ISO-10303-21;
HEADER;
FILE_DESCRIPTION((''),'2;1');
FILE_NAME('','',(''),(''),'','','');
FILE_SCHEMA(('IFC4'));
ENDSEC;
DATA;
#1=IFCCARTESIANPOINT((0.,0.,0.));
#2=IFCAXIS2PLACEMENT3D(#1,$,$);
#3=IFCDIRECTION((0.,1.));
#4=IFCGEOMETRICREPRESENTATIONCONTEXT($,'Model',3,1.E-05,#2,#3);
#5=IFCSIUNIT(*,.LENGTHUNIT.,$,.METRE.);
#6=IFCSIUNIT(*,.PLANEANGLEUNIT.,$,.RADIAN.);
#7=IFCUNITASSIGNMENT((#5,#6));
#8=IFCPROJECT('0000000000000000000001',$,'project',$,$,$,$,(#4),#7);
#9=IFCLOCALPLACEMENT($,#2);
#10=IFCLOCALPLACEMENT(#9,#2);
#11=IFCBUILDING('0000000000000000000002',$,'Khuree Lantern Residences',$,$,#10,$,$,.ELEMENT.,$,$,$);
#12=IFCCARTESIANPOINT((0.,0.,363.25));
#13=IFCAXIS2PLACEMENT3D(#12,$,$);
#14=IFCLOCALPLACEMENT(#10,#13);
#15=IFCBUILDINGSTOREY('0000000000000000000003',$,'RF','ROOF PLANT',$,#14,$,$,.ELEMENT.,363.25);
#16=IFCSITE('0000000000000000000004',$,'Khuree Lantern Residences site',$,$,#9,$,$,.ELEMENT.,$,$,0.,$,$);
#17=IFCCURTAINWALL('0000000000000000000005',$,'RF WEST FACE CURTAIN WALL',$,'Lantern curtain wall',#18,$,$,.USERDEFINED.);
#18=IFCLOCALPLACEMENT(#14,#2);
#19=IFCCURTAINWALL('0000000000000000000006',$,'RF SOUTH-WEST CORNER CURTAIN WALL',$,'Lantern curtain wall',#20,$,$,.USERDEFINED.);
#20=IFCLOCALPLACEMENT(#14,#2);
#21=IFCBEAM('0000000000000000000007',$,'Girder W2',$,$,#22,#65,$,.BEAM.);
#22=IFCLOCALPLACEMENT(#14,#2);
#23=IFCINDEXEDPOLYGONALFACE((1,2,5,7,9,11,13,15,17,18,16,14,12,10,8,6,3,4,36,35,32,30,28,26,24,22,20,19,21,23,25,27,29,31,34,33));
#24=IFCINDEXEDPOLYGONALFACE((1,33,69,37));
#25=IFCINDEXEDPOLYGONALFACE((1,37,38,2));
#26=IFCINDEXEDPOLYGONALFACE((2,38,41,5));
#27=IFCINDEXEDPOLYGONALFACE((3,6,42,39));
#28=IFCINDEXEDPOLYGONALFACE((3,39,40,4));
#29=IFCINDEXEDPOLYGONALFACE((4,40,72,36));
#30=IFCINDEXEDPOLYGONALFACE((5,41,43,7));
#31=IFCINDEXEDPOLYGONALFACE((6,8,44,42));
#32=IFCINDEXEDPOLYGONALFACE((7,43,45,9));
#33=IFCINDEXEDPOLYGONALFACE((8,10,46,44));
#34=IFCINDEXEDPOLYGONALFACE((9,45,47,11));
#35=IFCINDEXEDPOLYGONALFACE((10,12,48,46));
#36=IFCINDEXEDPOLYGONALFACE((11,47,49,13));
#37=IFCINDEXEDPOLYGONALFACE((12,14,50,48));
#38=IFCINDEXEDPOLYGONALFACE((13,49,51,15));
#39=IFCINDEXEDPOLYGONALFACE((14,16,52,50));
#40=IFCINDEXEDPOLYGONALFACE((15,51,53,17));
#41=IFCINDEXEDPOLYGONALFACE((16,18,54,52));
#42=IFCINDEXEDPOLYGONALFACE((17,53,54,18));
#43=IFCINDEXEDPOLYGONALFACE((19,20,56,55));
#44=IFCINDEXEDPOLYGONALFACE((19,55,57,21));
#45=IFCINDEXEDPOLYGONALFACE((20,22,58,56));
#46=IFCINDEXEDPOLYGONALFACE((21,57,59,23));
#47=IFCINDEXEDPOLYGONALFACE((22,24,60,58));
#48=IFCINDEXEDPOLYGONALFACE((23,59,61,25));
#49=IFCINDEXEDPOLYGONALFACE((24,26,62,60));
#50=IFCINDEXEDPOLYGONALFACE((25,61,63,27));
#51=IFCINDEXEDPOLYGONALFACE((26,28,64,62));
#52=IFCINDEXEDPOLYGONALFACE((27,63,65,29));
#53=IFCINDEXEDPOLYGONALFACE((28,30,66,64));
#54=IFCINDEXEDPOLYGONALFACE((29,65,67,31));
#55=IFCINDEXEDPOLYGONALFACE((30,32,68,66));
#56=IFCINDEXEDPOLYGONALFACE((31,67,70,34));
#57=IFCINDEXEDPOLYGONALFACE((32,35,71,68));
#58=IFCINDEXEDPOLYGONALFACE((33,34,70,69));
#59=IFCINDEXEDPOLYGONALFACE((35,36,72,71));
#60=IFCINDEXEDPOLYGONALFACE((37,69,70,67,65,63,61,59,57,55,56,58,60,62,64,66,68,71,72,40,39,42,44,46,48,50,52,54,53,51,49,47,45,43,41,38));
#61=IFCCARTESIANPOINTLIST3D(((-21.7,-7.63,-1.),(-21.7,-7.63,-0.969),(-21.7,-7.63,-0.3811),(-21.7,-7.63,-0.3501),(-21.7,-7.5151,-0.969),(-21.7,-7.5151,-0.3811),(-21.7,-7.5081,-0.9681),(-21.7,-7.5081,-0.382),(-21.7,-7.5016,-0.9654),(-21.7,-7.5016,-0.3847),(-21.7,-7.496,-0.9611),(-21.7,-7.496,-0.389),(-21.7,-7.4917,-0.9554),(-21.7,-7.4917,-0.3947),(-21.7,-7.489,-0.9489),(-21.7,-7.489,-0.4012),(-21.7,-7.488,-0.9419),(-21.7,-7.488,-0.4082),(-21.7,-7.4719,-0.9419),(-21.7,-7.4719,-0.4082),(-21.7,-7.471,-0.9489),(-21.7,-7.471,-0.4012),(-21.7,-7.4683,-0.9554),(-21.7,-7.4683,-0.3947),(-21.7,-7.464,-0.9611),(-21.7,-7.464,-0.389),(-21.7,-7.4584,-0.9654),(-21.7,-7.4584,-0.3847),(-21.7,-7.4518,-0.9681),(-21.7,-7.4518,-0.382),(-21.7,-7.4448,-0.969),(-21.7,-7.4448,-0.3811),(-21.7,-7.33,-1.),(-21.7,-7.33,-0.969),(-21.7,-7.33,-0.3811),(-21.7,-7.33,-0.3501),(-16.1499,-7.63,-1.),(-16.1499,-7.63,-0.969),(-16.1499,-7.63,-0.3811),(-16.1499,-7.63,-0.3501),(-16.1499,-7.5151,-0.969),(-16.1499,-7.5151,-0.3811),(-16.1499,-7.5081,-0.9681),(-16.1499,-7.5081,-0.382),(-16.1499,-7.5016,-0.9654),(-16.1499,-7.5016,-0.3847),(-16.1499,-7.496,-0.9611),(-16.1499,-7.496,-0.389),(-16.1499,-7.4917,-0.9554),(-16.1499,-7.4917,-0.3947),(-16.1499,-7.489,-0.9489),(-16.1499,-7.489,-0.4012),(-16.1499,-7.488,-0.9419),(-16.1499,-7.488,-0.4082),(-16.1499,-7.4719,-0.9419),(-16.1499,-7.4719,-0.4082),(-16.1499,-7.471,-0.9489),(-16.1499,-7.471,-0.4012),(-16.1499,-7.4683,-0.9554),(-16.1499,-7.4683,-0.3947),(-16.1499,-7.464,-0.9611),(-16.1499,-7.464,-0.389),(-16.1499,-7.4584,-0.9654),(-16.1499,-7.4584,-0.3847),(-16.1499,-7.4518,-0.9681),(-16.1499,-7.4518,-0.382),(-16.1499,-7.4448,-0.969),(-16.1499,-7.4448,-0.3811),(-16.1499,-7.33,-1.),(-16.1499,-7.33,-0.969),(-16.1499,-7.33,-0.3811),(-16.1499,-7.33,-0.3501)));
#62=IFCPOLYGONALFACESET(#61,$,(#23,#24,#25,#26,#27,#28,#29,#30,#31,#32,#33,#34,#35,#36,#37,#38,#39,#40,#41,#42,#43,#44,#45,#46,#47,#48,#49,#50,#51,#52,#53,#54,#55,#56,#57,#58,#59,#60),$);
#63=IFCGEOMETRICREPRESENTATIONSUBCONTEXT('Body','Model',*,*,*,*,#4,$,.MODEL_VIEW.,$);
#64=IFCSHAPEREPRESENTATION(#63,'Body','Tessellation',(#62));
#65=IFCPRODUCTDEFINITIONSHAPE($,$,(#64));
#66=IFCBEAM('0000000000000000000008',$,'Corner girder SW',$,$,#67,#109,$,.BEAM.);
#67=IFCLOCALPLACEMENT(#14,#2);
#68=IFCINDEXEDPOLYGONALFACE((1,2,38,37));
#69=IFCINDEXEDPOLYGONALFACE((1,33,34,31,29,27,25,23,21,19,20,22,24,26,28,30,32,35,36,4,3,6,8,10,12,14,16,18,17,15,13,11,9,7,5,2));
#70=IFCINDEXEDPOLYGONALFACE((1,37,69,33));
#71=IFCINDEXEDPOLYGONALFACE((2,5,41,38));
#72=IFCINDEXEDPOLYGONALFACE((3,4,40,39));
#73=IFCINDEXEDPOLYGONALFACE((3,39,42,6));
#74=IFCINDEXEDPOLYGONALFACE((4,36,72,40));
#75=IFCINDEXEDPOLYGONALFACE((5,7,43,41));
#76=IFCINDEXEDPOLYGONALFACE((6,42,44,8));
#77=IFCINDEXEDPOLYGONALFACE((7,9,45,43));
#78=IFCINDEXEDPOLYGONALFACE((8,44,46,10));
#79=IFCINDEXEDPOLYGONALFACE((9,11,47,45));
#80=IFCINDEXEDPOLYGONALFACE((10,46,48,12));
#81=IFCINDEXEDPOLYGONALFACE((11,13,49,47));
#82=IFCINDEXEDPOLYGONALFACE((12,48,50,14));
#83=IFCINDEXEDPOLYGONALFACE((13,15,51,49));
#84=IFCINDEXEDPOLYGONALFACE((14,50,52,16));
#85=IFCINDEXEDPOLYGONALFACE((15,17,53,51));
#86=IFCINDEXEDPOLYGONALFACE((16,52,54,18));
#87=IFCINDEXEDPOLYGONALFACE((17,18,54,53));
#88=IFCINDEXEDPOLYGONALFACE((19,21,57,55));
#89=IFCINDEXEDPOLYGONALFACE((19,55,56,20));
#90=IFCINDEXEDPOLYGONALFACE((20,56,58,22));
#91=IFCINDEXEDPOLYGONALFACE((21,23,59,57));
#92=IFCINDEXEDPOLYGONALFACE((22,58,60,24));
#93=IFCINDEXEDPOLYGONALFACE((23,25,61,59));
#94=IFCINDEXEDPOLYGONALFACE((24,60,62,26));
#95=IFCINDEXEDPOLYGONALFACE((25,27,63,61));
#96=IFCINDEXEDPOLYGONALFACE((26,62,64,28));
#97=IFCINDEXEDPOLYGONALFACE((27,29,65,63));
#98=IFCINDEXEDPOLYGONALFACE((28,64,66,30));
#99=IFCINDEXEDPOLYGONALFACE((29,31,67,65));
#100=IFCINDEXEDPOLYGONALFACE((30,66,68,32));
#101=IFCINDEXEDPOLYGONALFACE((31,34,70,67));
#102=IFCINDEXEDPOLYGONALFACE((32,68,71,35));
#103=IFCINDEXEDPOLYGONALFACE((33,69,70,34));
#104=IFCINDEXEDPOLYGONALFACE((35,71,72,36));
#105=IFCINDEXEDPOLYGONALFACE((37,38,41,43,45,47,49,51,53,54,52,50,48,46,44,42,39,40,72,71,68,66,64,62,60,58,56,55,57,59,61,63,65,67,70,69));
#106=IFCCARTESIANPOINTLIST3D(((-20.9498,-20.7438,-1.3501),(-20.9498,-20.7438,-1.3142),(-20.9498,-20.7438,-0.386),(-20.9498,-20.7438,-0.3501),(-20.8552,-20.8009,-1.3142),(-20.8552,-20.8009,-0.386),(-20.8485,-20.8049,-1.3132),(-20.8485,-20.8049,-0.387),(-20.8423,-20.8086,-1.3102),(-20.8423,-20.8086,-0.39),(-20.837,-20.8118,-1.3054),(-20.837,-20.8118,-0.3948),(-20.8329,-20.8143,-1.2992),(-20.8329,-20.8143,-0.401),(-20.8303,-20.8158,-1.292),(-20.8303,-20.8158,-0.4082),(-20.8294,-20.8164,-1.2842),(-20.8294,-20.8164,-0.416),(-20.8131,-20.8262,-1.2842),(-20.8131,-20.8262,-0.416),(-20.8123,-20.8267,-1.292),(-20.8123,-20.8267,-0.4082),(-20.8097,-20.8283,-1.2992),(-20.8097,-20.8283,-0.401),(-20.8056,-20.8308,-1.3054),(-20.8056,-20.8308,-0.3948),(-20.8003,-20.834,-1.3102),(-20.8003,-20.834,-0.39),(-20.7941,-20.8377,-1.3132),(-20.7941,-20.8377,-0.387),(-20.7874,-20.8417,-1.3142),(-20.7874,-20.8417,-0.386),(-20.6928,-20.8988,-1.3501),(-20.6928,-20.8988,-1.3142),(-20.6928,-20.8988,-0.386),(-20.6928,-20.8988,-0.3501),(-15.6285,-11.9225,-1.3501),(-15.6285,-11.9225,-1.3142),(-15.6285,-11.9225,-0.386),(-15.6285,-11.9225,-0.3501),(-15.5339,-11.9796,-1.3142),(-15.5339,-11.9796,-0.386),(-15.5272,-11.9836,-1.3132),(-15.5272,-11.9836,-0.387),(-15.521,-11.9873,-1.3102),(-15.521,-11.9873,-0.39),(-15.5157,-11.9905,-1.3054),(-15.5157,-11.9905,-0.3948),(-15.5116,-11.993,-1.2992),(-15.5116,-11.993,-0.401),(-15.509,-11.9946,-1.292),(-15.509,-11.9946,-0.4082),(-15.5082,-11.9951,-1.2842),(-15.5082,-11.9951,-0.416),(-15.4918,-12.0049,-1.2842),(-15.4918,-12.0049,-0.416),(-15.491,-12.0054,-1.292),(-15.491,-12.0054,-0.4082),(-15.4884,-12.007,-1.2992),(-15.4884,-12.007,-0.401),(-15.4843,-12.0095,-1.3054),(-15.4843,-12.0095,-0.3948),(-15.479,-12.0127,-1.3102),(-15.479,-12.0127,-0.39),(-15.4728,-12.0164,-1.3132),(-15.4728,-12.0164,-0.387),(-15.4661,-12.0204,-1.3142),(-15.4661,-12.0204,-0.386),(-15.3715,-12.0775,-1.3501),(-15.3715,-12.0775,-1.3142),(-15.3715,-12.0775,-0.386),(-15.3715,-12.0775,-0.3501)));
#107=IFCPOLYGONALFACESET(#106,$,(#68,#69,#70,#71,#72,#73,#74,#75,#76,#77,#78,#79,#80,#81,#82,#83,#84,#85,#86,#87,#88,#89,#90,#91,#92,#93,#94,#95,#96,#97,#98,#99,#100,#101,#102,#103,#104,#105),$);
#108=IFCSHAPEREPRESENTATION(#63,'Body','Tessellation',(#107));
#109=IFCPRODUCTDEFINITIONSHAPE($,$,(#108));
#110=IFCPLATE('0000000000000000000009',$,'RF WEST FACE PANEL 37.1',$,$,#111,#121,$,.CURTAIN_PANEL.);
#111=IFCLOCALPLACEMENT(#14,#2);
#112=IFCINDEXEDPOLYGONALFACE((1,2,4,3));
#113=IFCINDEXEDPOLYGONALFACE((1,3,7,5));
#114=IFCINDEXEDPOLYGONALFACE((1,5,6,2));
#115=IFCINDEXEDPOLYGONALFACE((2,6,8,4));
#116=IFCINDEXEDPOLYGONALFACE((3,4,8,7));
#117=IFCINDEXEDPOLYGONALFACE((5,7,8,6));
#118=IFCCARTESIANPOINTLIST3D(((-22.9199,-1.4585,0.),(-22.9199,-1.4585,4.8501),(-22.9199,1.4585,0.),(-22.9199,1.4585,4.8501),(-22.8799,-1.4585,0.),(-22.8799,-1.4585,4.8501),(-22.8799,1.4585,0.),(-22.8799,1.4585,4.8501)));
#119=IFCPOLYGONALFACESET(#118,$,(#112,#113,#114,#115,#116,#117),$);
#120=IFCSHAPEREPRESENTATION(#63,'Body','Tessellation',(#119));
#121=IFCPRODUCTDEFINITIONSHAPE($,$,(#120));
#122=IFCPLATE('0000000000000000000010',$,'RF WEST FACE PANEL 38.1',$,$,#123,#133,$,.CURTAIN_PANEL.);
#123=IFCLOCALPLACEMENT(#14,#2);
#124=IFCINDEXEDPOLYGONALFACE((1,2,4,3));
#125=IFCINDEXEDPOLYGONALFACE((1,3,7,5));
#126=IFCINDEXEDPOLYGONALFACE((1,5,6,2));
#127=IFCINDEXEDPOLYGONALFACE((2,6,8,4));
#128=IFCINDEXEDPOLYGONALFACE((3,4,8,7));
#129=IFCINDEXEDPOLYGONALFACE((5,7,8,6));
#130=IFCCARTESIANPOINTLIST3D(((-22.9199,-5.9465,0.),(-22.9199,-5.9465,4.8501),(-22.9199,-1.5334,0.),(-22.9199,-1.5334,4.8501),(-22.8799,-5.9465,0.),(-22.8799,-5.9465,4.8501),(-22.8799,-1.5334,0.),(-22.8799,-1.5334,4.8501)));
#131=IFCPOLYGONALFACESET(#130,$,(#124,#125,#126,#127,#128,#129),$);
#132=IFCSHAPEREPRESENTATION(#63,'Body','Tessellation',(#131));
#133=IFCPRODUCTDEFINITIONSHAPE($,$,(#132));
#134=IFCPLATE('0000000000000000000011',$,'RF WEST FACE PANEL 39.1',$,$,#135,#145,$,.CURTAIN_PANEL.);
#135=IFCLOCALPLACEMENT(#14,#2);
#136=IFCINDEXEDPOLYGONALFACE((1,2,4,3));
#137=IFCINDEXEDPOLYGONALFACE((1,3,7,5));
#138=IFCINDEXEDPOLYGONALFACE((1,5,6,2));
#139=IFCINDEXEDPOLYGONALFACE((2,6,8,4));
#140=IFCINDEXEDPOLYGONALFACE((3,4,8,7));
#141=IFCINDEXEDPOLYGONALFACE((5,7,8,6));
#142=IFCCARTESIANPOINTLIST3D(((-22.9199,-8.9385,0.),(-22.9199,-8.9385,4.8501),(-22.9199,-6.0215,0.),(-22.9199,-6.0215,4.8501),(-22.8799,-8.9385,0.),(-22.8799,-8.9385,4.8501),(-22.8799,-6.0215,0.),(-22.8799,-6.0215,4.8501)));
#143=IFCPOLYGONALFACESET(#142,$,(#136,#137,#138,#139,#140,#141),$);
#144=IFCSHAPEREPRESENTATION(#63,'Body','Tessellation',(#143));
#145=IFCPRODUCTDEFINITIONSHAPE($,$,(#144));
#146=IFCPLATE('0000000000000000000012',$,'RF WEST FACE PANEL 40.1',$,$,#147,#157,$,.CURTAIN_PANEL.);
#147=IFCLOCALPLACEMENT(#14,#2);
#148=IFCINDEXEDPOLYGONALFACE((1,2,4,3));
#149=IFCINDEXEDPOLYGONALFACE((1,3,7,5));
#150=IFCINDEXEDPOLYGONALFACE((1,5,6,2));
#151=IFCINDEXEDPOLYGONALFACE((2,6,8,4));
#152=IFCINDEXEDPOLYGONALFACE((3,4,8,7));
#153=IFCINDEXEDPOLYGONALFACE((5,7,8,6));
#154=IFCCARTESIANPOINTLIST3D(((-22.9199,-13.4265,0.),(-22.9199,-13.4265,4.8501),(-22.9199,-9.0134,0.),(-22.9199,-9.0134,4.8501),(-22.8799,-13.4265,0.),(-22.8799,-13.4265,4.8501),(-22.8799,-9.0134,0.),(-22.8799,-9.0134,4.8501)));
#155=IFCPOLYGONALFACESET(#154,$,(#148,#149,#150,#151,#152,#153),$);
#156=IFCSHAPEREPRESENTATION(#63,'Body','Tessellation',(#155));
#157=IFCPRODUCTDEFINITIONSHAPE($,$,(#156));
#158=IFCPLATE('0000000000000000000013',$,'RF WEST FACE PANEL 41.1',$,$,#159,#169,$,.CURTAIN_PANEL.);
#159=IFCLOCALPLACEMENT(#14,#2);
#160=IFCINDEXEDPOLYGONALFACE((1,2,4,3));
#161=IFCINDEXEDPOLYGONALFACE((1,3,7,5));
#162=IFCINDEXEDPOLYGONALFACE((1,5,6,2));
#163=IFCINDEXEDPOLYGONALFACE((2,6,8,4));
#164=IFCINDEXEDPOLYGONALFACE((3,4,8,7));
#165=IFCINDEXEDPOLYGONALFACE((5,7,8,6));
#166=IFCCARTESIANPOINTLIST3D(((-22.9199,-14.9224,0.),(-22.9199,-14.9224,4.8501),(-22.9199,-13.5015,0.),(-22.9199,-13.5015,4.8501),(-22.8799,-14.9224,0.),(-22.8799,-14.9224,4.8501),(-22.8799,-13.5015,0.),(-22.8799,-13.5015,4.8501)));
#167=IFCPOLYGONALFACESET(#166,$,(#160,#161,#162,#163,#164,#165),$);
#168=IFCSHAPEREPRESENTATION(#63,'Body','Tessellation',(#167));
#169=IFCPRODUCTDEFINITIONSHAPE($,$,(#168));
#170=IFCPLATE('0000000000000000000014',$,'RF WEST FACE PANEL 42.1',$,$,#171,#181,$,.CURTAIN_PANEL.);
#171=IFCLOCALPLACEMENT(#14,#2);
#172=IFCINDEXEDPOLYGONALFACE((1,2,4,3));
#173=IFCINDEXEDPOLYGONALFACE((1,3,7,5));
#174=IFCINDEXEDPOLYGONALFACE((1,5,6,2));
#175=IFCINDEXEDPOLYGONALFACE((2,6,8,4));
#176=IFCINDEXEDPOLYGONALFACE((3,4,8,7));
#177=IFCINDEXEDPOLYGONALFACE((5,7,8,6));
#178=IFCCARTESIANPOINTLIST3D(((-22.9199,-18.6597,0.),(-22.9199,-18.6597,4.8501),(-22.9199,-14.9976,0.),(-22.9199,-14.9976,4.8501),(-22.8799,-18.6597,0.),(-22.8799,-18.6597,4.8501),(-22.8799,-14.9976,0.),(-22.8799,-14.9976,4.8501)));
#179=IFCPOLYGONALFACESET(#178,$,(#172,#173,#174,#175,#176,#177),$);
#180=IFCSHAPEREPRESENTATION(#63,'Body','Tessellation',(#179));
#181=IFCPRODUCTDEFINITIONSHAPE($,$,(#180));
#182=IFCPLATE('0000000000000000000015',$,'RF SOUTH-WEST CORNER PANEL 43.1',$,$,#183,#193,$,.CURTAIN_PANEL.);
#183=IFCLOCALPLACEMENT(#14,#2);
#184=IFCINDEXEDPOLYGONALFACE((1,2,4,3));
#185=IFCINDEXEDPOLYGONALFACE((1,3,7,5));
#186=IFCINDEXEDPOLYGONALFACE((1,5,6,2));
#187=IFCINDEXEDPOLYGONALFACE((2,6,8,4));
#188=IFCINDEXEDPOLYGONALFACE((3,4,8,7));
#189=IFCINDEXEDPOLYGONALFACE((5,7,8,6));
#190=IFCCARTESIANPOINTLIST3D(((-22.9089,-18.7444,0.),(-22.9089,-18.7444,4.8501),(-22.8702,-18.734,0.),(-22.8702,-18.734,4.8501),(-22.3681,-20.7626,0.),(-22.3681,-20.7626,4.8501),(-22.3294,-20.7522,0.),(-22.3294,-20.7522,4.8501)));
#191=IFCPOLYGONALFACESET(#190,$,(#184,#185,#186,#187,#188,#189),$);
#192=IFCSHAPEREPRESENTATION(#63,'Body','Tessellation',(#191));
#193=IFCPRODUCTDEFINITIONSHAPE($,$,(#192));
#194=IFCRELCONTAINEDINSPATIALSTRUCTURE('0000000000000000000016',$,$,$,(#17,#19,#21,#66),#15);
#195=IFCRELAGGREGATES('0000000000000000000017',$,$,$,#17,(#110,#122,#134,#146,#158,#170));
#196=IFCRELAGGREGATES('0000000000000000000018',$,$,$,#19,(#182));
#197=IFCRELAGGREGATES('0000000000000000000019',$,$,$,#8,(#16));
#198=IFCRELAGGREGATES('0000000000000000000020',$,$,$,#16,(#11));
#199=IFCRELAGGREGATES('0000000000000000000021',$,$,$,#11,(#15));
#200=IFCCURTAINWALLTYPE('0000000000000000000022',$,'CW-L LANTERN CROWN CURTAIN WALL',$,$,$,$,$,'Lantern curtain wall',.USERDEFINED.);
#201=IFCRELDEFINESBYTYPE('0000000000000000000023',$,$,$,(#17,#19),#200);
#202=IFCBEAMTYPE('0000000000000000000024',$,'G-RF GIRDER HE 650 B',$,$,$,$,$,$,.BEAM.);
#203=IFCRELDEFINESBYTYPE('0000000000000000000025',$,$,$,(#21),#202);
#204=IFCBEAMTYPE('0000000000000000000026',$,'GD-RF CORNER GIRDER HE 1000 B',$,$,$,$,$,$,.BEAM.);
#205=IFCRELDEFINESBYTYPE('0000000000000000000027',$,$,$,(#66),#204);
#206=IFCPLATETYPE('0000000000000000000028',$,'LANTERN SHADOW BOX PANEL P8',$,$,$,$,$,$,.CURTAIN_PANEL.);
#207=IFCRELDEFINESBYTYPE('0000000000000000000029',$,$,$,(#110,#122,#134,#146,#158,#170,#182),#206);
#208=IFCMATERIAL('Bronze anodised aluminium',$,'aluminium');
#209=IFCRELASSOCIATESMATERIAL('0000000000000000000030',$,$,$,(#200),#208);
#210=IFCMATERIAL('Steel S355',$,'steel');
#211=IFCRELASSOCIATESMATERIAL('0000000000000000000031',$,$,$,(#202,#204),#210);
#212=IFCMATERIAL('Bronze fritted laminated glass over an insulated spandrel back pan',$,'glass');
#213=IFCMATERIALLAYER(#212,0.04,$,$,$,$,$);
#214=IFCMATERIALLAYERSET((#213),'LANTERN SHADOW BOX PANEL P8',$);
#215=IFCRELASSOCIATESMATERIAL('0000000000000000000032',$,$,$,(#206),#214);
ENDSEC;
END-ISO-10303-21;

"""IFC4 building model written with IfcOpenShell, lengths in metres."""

from ifc_helpers import new_model, si_unit, direction, frame, origin, origin_2d, place, context, subcontext, project, spatial, rectangle, i_section, extrude, material, layer, layer_set, material_profile, profile_set, type_object, element, aggregate, save


model = new_model("IFC4")

# Units and contexts
model_context = context("Model", 3, precision=1e-05, world=origin(), true_north=direction((0.0, 1.0)))
body_context = subcontext(model_context, "Body", "Model", "MODEL_VIEW")
ifc_project = project(units=[si_unit("LENGTHUNIT", "METRE"), si_unit("PLANEANGLEUNIT", "RADIAN")], contexts=[model_context])

# Site, building, storey
site_placement = place(None, origin())
site = spatial("IfcSite", under=ifc_project, at=site_placement, Name="Khuree Lantern Residences site", CompositionType="ELEMENT", RefElevation=0.0)
building_placement = place(site_placement, origin())
building = spatial("IfcBuilding", under=site, at=building_placement, Name="Khuree Lantern Residences", CompositionType="ELEMENT")
storey_placement = place(building_placement, frame((0.0, 0.0, 363.25)))
storey = spatial("IfcBuildingStorey", under=building, at=storey_placement, Name="RF", Description="ROOF PLANT", CompositionType="ELEMENT", Elevation=363.25)

# Shared definitions
ifc_material_1 = material(Name="Steel S355", Category="steel")

# Curtain walls
ifc_material_2 = material(Name="Bronze anodised aluminium", Category="aluminium")
curtain_wall_type = type_object("IfcCurtainWallType", Name="CW-L LANTERN CROWN CURTAIN WALL", ElementType="Lantern curtain wall", PredefinedType="USERDEFINED", material=ifc_material_2)
curtain_wall_1_placement = place(storey_placement, origin())
curtain_wall_1 = element("IfcCurtainWall", 1, at=curtain_wall_1_placement, inside=storey, type_object=curtain_wall_type, Name="RF WEST FACE CURTAIN WALL", ObjectType="Lantern curtain wall", PredefinedType="USERDEFINED")
curtain_wall_2_placement = place(storey_placement, origin())
curtain_wall_2 = element("IfcCurtainWall", 2, at=curtain_wall_2_placement, inside=storey, type_object=curtain_wall_type, Name="RF SOUTH-WEST CORNER CURTAIN WALL", ObjectType="Lantern curtain wall", PredefinedType="USERDEFINED")

# Beams
ifc_material_profile_1 = material_profile(ifc_material_1, i_section(OverallWidth=0.3, OverallDepth=0.6499, WebThickness=0.0161, FlangeThickness=0.031, FilletRadius=0.0271, at=origin_2d()), Name="HE 650 B")
ifc_profile_set_1 = profile_set([ifc_material_profile_1], Name="Steel S355")
beam_type_1 = type_object("IfcBeamType", Name="G-RF GIRDER HE 650 B", PredefinedType="BEAM", material=ifc_profile_set_1)
beam_1_placement = place(storey_placement, frame((-21.7, -7.48, -0.675), z_axis=(1.0, 0.0, 0.0), x_axis=(0.0, 1.0, 0.0)))
element("IfcBeam", 3, at=beam_1_placement, inside=storey, type_object=beam_type_1, Name="Girder W2", PredefinedType="BEAM", context=body_context, shape_type="SweptSolid", body=[
    extrude(i_section(OverallWidth=0.3, OverallDepth=0.6499, WebThickness=0.0161, FlangeThickness=0.031, FilletRadius=0.0271, at=origin_2d()), origin(), (0.0, 0.0, 1.0), 5.55),
])
ifc_material_profile_2 = material_profile(ifc_material_1, i_section(OverallWidth=0.3, OverallDepth=1.0, WebThickness=0.019, FlangeThickness=0.0359, FilletRadius=0.03, at=origin_2d()), Name="HE 1000 B")
ifc_profile_set_2 = profile_set([ifc_material_profile_2], Name="Steel S355")
beam_type_2 = type_object("IfcBeamType", Name="GD-RF CORNER GIRDER HE 1000 B", PredefinedType="BEAM", material=ifc_profile_set_2)
beam_2_placement = place(storey_placement, frame((-20.8213, -20.8213, -0.8501), z_axis=(0.51653, 0.856269, 0.0), x_axis=(-0.856269, 0.51653, 0.0)))
element("IfcBeam", 4, at=beam_2_placement, inside=storey, type_object=beam_type_2, Name="Corner girder SW", PredefinedType="BEAM", context=body_context, shape_type="SweptSolid", body=[
    extrude(i_section(OverallWidth=0.3, OverallDepth=1.0, WebThickness=0.019, FlangeThickness=0.0359, FilletRadius=0.03, at=origin_2d()), origin(), (0.0, 0.0, 1.0), 10.302),
])

# Plates
ifc_material_3 = material(Name="Bronze fritted laminated glass over an insulated spandrel back pan", Category="glass")
ifc_layer = layer(ifc_material_3, 0.04)
ifc_layer_set = layer_set([ifc_layer], Name="LANTERN SHADOW BOX PANEL P8")
plate_type = type_object("IfcPlateType", Name="LANTERN SHADOW BOX PANEL P8", PredefinedType="CURTAIN_PANEL", material=ifc_layer_set)
plate_1_placement = place(storey_placement, frame((-22.8999, 0.0, 0.0), z_axis=(0.0, 0.0, 1.0), x_axis=(0.0, -1.0, 0.0)))
plate_1 = element("IfcPlate", 5, at=plate_1_placement, type_object=plate_type, Name="RF WEST FACE PANEL 37.1", PredefinedType="CURTAIN_PANEL", context=body_context, shape_type="SweptSolid", body=[
    extrude(rectangle(XDim=2.917, YDim=0.04, at=origin_2d()), origin(), (0.0, 0.0, 1.0), 4.8501),
])
plate_2_placement = place(storey_placement, frame((-22.8999, -3.74, 0.0), z_axis=(0.0, 0.0, 1.0), x_axis=(0.0, -1.0, 0.0)))
plate_2 = element("IfcPlate", 6, at=plate_2_placement, type_object=plate_type, Name="RF WEST FACE PANEL 38.1", PredefinedType="CURTAIN_PANEL", context=body_context, shape_type="SweptSolid", body=[
    extrude(rectangle(XDim=4.4131, YDim=0.04, at=origin_2d()), origin(), (0.0, 0.0, 1.0), 4.8501),
])
plate_3_placement = place(storey_placement, frame((-22.8999, -7.48, 0.0), z_axis=(0.0, 0.0, 1.0), x_axis=(0.0, -1.0, 0.0)))
plate_3 = element("IfcPlate", 7, at=plate_3_placement, type_object=plate_type, Name="RF WEST FACE PANEL 39.1", PredefinedType="CURTAIN_PANEL", context=body_context, shape_type="SweptSolid", body=[
    extrude(rectangle(XDim=2.917, YDim=0.04, at=origin_2d()), origin(), (0.0, 0.0, 1.0), 4.8501),
])
plate_4_placement = place(storey_placement, frame((-22.8999, -11.22, 0.0), z_axis=(0.0, 0.0, 1.0), x_axis=(0.0, -1.0, 0.0)))
plate_4 = element("IfcPlate", 8, at=plate_4_placement, type_object=plate_type, Name="RF WEST FACE PANEL 40.1", PredefinedType="CURTAIN_PANEL", context=body_context, shape_type="SweptSolid", body=[
    extrude(rectangle(XDim=4.4131, YDim=0.04, at=origin_2d()), origin(), (0.0, 0.0, 1.0), 4.8501),
])
plate_5_placement = place(storey_placement, frame((-22.8999, -14.2119, 0.0), z_axis=(0.0, 0.0, 1.0), x_axis=(0.0, -1.0, 0.0)))
plate_5 = element("IfcPlate", 9, at=plate_5_placement, type_object=plate_type, Name="RF WEST FACE PANEL 41.1", PredefinedType="CURTAIN_PANEL", context=body_context, shape_type="SweptSolid", body=[
    extrude(rectangle(XDim=1.4209, YDim=0.04, at=origin_2d()), origin(), (0.0, 0.0, 1.0), 4.8501),
])
plate_6_placement = place(storey_placement, frame((-22.8999, -16.8286, 0.0), z_axis=(0.0, 0.0, 1.0), x_axis=(0.0, -1.0, 0.0)))
plate_6 = element("IfcPlate", 10, at=plate_6_placement, type_object=plate_type, Name="RF WEST FACE PANEL 42.1", PredefinedType="CURTAIN_PANEL", context=body_context, shape_type="SweptSolid", body=[
    extrude(rectangle(XDim=3.6621, YDim=0.04, at=origin_2d()), origin(), (0.0, 0.0, 1.0), 4.8501),
])
aggregate(curtain_wall_1, [plate_1, plate_2, plate_3, plate_4, plate_5, plate_6])
plate_7_placement = place(storey_placement, frame((-22.6191, -19.7483, 0.0), z_axis=(0.0, 0.0, 1.0), x_axis=(0.258819, -0.965926, 0.0)))
plate_7 = element("IfcPlate", 11, at=plate_7_placement, type_object=plate_type, Name="RF SOUTH-WEST CORNER PANEL 43.1", PredefinedType="CURTAIN_PANEL", context=body_context, shape_type="SweptSolid", body=[
    extrude(rectangle(XDim=2.0894, YDim=0.04, at=origin_2d()), origin(), (0.0, 0.0, 1.0), 4.8501),
])
aggregate(curtain_wall_2, [plate_7])

save(model, "model.ifc")
